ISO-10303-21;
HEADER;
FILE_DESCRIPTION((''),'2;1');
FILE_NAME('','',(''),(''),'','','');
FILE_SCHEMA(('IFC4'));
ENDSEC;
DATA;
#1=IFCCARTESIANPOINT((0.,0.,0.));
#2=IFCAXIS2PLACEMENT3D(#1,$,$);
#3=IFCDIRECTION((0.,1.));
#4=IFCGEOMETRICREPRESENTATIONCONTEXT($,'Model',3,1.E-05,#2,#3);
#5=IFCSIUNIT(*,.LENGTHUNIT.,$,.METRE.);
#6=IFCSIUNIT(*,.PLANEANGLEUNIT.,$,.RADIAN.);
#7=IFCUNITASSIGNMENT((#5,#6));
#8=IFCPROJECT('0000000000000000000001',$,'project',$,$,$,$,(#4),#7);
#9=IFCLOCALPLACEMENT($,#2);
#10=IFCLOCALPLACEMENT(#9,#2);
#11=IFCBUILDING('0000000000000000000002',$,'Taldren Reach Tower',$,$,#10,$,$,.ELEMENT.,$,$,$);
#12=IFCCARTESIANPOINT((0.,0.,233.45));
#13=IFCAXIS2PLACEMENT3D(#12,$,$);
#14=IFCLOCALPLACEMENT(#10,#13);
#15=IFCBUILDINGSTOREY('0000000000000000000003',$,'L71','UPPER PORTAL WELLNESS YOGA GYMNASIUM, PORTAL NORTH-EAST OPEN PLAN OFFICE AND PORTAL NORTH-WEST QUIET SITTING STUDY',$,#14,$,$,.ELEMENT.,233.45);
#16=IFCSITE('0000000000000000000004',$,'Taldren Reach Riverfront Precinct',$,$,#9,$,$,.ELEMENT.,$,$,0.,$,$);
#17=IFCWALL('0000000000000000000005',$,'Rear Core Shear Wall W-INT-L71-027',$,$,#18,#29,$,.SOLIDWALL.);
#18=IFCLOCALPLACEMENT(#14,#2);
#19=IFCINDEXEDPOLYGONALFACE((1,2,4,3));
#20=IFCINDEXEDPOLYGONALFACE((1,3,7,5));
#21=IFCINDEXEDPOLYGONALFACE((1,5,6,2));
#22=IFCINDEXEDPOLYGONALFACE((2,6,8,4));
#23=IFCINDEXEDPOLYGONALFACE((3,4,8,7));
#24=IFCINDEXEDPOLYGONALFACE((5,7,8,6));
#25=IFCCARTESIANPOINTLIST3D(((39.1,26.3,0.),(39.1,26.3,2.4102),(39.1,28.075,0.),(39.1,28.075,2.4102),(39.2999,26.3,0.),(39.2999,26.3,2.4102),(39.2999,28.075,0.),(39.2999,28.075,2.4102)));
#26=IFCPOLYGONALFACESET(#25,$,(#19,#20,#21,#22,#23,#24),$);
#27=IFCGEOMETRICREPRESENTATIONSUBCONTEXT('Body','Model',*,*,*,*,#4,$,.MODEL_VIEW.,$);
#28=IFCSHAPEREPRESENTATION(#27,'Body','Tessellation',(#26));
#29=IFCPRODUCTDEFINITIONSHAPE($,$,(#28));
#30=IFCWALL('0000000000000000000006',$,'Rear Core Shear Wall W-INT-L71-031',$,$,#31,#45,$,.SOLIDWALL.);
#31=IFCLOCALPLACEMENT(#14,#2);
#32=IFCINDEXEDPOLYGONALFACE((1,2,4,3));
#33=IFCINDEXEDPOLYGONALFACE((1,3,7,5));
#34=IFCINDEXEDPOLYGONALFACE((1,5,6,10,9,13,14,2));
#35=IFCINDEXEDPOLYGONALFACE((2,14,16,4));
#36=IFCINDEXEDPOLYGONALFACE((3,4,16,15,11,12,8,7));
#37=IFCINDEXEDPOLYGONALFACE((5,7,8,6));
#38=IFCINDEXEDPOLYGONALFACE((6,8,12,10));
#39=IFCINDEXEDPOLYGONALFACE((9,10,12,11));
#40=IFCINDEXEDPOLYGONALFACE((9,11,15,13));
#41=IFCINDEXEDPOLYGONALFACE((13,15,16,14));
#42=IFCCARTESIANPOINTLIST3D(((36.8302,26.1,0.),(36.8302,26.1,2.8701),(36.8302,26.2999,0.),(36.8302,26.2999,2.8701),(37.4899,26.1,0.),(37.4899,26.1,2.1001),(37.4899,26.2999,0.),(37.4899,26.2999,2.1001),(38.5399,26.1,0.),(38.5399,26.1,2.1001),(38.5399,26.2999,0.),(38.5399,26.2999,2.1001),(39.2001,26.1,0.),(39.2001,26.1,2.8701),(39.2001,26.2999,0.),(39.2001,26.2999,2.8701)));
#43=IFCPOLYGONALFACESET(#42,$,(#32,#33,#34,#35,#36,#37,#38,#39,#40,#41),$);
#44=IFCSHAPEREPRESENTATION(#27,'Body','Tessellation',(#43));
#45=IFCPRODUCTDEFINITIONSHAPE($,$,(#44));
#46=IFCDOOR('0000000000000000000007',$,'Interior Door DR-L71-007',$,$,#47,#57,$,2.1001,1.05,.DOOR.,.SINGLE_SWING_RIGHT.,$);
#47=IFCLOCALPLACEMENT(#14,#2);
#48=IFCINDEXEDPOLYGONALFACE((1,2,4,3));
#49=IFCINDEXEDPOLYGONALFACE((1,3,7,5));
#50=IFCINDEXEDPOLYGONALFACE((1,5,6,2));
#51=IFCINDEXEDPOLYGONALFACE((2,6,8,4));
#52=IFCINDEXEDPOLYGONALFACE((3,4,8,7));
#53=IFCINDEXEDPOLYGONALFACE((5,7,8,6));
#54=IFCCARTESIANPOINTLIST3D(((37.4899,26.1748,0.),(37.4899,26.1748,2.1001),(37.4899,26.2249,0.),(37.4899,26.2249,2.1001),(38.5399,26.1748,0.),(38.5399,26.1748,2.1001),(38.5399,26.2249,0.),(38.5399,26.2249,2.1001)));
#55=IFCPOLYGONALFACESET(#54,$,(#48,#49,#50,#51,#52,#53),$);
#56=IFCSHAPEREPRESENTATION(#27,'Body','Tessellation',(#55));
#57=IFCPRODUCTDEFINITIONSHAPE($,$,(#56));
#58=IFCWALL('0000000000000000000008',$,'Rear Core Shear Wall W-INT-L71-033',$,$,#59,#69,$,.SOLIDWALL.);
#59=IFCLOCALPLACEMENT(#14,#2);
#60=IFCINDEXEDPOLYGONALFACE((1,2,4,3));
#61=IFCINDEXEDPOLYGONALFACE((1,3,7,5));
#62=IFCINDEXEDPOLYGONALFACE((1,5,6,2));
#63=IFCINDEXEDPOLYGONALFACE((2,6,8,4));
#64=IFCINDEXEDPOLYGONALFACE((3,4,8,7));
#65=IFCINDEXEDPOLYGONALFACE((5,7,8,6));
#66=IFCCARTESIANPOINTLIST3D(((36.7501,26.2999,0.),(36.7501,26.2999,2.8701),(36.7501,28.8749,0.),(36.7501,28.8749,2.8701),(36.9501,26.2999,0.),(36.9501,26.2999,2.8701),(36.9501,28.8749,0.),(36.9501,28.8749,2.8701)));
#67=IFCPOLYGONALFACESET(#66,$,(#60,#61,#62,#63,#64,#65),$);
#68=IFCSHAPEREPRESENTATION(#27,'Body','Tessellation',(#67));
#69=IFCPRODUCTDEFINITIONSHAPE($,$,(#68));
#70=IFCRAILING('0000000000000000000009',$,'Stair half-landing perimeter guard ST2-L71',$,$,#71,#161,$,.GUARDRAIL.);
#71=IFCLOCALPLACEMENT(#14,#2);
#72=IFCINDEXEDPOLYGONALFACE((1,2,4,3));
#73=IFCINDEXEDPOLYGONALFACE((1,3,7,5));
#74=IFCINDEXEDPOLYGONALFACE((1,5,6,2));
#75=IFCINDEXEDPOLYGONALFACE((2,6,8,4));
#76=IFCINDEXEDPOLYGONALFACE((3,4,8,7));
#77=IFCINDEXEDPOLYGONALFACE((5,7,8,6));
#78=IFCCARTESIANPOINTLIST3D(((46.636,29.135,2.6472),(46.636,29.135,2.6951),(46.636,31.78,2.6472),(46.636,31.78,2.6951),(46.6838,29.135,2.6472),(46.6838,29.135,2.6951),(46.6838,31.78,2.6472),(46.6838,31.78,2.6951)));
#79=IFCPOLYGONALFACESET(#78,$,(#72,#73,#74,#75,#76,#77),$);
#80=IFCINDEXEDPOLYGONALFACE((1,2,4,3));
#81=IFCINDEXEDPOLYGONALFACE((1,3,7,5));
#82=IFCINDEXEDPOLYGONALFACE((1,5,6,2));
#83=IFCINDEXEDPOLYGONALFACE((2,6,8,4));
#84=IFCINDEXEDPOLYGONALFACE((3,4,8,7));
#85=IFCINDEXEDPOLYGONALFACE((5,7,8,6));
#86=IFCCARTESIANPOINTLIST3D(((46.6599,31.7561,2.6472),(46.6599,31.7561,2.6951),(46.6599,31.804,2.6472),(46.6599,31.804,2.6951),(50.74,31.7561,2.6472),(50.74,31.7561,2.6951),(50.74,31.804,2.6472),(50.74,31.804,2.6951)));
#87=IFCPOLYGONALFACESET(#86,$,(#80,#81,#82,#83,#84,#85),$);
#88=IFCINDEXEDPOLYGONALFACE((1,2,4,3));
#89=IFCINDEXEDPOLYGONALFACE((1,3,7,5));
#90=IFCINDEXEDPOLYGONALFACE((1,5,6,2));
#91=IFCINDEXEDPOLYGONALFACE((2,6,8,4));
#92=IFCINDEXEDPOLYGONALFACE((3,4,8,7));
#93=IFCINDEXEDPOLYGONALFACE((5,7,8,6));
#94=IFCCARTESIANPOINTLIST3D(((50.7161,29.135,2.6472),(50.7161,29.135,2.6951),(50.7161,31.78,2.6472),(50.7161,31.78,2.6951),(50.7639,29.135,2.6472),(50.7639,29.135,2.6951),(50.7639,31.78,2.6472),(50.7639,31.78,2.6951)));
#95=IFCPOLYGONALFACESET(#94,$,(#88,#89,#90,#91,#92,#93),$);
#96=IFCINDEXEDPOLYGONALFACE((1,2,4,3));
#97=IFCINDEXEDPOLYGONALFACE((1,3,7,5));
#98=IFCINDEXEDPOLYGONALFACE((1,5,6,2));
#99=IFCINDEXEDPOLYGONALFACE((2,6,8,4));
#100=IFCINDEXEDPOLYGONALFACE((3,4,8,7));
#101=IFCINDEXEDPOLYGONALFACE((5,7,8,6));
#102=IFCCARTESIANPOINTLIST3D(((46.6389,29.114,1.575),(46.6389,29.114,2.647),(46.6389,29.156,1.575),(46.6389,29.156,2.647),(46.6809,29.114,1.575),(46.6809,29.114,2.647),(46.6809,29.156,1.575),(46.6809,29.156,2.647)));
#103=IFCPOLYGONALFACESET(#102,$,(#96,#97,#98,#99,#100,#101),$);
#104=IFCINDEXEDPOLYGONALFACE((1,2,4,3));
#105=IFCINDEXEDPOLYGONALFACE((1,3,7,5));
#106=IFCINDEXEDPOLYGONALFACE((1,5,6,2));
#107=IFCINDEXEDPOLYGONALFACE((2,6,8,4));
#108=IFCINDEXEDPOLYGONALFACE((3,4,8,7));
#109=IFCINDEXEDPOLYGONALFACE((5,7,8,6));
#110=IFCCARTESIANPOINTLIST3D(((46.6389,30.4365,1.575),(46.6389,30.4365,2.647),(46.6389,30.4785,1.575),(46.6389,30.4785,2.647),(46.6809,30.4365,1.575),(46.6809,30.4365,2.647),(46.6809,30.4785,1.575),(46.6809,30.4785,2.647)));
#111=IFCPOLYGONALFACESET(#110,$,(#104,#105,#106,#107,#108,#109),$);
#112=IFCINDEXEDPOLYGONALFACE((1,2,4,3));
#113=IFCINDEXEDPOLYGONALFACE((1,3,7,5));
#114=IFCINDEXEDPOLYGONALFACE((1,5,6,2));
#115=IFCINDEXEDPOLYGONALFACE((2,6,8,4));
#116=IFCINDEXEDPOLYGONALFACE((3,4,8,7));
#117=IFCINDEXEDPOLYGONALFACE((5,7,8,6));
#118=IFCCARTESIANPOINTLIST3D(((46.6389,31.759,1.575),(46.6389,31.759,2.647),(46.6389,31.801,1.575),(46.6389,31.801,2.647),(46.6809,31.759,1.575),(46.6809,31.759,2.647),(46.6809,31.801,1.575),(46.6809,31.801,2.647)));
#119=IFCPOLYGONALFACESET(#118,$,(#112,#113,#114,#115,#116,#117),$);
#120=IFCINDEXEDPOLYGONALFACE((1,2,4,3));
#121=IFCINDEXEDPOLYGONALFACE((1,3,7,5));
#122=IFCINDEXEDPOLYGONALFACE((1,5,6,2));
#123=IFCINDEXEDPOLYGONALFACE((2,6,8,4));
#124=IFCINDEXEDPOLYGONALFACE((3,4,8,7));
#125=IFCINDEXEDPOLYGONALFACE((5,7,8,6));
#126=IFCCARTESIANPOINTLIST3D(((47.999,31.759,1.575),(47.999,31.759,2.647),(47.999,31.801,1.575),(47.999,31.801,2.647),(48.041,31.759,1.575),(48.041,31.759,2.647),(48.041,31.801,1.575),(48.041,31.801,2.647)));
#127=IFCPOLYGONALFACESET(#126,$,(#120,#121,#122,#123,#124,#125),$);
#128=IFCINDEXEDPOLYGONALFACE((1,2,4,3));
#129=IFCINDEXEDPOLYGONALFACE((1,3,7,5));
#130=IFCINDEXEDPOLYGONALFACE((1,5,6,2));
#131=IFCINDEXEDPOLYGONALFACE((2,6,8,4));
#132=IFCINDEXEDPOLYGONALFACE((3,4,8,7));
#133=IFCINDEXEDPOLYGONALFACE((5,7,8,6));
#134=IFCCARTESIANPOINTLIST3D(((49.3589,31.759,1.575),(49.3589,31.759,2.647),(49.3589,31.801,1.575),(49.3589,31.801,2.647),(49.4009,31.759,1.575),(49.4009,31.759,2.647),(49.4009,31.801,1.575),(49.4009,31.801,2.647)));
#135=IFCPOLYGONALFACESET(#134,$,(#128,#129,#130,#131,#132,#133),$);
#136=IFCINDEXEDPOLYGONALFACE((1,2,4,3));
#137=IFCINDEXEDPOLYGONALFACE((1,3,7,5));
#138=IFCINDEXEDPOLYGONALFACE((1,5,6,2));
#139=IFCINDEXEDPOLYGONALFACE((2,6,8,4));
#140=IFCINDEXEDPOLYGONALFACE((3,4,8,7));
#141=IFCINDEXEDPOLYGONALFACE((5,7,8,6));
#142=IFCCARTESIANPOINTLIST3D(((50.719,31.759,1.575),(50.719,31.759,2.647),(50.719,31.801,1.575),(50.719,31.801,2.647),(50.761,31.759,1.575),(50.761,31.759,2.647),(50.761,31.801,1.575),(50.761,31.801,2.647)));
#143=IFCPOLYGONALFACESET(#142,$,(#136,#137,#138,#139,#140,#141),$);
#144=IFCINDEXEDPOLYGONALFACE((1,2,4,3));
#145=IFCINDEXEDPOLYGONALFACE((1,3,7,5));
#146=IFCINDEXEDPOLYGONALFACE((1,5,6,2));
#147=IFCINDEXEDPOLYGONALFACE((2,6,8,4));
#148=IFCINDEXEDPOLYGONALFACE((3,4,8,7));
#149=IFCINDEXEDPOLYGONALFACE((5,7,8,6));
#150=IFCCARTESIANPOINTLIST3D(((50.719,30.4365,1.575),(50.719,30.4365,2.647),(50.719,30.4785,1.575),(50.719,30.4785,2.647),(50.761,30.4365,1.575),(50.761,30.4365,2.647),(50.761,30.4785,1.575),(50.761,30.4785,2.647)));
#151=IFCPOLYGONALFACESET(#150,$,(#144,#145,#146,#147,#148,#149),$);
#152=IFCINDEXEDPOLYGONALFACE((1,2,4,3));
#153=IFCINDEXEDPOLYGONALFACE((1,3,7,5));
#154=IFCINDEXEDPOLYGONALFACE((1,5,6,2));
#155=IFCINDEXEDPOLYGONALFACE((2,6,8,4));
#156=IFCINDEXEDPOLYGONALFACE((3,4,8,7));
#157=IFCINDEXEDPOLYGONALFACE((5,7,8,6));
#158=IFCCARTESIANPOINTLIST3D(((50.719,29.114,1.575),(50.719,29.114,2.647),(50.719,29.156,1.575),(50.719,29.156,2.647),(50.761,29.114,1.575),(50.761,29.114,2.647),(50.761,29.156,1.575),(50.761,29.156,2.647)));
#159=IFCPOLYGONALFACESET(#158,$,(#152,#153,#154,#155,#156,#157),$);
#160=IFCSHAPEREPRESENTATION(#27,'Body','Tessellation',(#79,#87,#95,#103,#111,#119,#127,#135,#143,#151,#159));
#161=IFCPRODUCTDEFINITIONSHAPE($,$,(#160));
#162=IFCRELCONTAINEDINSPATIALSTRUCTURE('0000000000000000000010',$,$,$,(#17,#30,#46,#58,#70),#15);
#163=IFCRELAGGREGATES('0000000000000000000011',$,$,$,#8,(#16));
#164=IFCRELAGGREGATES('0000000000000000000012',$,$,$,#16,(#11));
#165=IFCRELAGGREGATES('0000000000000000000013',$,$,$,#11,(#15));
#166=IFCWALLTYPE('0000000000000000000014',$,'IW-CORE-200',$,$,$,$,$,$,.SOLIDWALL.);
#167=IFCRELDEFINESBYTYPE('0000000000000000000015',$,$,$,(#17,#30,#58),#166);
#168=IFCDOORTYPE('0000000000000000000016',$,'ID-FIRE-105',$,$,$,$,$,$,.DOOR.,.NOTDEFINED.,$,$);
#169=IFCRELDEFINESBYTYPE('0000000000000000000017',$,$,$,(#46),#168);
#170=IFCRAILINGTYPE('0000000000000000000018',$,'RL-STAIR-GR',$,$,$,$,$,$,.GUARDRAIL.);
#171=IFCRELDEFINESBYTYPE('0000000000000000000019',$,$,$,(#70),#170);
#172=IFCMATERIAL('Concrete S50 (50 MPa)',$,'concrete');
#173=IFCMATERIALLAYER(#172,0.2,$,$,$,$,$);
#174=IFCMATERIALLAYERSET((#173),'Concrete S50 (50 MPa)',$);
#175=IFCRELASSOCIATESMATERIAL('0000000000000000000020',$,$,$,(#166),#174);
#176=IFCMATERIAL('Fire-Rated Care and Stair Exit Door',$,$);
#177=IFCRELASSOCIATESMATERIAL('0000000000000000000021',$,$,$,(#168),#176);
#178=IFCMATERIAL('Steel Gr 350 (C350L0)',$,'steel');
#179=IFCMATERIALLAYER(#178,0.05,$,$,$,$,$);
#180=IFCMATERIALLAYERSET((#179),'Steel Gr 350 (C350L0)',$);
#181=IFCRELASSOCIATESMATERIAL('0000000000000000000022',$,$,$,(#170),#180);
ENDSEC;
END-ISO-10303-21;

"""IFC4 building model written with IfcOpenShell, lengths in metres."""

from ifc_helpers import new_model, si_unit, direction, frame, frame_2d, origin, origin_2d, place, context, subcontext, project, spatial, rectangle, extrude, source, transform, mapped, material, layer, layer_set, type_object, element, fill, save


model = new_model("IFC4")

# Units and contexts
model_context = context("Model", 3, precision=1e-05, world=origin(), true_north=direction((0.0, 1.0)))
body_context = subcontext(model_context, "Body", "Model", "MODEL_VIEW")
ifc_project = project(units=[si_unit("LENGTHUNIT", "METRE"), si_unit("PLANEANGLEUNIT", "RADIAN")], contexts=[model_context])

# Site, building, storey
site_placement = place(None, origin())
site = spatial("IfcSite", under=ifc_project, at=site_placement, Name="Taldren Reach Riverfront Precinct", CompositionType="ELEMENT", RefElevation=0.0)
building_placement = place(site_placement, origin())
building = spatial("IfcBuilding", under=site, at=building_placement, Name="Taldren Reach Tower", CompositionType="ELEMENT")
storey_placement = place(building_placement, frame((0.0, 0.0, 233.45)))
storey = spatial("IfcBuildingStorey", under=building, at=storey_placement, Name="L71", Description="UPPER PORTAL WELLNESS YOGA GYMNASIUM, PORTAL NORTH-EAST OPEN PLAN OFFICE AND PORTAL NORTH-WEST QUIET SITTING STUDY", CompositionType="ELEMENT", Elevation=233.45)

# Shared definitions
ifc_material_1 = material(Name="Steel Gr 350 (C350L0)", Category="steel")

# Shared definitions
ifc_material_2 = material(Name="Concrete S50 (50 MPa)", Category="concrete")
ifc_layer_1 = layer(ifc_material_2, 0.2)
ifc_layer_set_1 = layer_set([ifc_layer_1], Name="Concrete S50 (50 MPa)")
wall_type_1 = type_object("IfcWallType", Name="IW-CORE-200", PredefinedType="SOLIDWALL", material=ifc_layer_set_1)
shared_shape_1 = source(origin(), body_context, "Body", "SweptSolid", [
    extrude(rectangle(XDim=1.05, YDim=2.1001, at=frame_2d((0.5249, 1.05))), frame((0.0, 0.1099, 0.0), z_axis=(0.0, -1.0, 0.0), x_axis=(1.0, 0.0, 0.0)), (0.0, 0.0, 1.0), 0.22),
])
ifc_material_3 = material(Name="Fire-Rated Care and Stair Exit Door")
door_type_1 = type_object("IfcDoorType", Name="ID-FIRE-105", OperationType="NOTDEFINED", PredefinedType="DOOR", material=ifc_material_3)
shared_shape_2 = source(origin(), body_context, "Body", "SweptSolid", [
    extrude(rectangle(XDim=1.05, YDim=2.1001, at=frame_2d((0.5249, 1.05))), frame((0.0, 0.0249, 0.0), z_axis=(0.0, -1.0, 0.0), x_axis=(1.0, 0.0, 0.0)), (0.0, 0.0, 1.0), 0.05),
])

# Wall
shared_shape_3 = source(origin(), body_context, "Body", "SweptSolid", [
    extrude(rectangle(XDim=1.7749, YDim=0.2, at=frame_2d((0.8875, 0.0))), origin(), (0.0, 0.0, 1.0), 2.4102),
])
wall_1_placement = place(storey_placement, frame((39.2, 26.3, 0.0), z_axis=(0.0, 0.0, 1.0), x_axis=(0.0, 1.0, 0.0)))
element("IfcWall", 1, at=wall_1_placement, inside=storey, type_object=wall_type_1, Name="Rear Core Shear Wall W-INT-L71-027", PredefinedType="SOLIDWALL", context=body_context, shape_type="MappedRepresentation", body=[
    mapped(shared_shape_3, transform((0.0, 0.0, 0.0), scale=1.0)),
])

# Wall, opening, door
shared_shape_4 = source(origin(), body_context, "Body", "SweptSolid", [
    extrude(rectangle(XDim=2.3699, YDim=0.2, at=frame_2d((1.1851, 0.0))), origin(), (0.0, 0.0, 1.0), 2.8701),
])
wall_2_placement = place(storey_placement, frame((36.8301, 26.2, 0.0), z_axis=(0.0, 0.0, 1.0), x_axis=(1.0, 0.0, 0.0)))
wall_2 = element("IfcWall", 2, at=wall_2_placement, inside=storey, type_object=wall_type_1, Name="Rear Core Shear Wall W-INT-L71-031", PredefinedType="SOLIDWALL", context=body_context, shape_type="MappedRepresentation", body=[
    mapped(shared_shape_4, transform((0.0, 0.0, 0.0), scale=1.0)),
])
opening_1_placement = place(wall_2_placement, frame((0.6599, 0.0, 0.0)))
opening_1 = element("IfcOpeningElement", 3, at=opening_1_placement, cuts=wall_2, PredefinedType="OPENING", context=body_context, shape_type="MappedRepresentation", body=[
    mapped(shared_shape_1, transform((0.0, 0.0, 0.0), scale=1.0)),
])
door_1_placement = place(opening_1_placement, origin())
door_1 = element("IfcDoor", 4, at=door_1_placement, inside=storey, type_object=door_type_1, Name="Interior Door DR-L71-007", OperationType="SINGLE_SWING_RIGHT", OverallHeight=2.1001, OverallWidth=1.05, PredefinedType="DOOR", context=body_context, shape_type="MappedRepresentation", body=[
    mapped(shared_shape_2, transform((0.0, 0.0, 0.0), scale=1.0)),
])
fill(opening_1, door_1)

# Wall
shared_shape_5 = source(origin(), body_context, "Body", "SweptSolid", [
    extrude(rectangle(XDim=2.575, YDim=0.2, at=frame_2d((1.2876, 0.0))), origin(), (0.0, 0.0, 1.0), 2.8701),
])
wall_3_placement = place(storey_placement, frame((36.8501, 28.875, 0.0), z_axis=(0.0, 0.0, 1.0), x_axis=(0.0, -1.0, 0.0)))
element("IfcWall", 5, at=wall_3_placement, inside=storey, type_object=wall_type_1, Name="Rear Core Shear Wall W-INT-L71-033", PredefinedType="SOLIDWALL", context=body_context, shape_type="MappedRepresentation", body=[
    mapped(shared_shape_5, transform((0.0, 0.0, 0.0), scale=1.0)),
])

# Railing
ifc_layer_2 = layer(ifc_material_1, 0.05)
ifc_layer_set_2 = layer_set([ifc_layer_2], Name="Steel Gr 350 (C350L0)")
railing_type_1 = type_object("IfcRailingType", Name="RL-STAIR-GR", PredefinedType="GUARDRAIL", material=ifc_layer_set_2)
railing_1_placement = place(storey_placement, frame((46.6599, 29.135, 1.575)))
element("IfcRailing", 6, at=railing_1_placement, inside=storey, type_object=railing_type_1, Name="Stair half-landing perimeter guard ST2-L71", PredefinedType="GUARDRAIL", context=body_context, shape_type="SweptSolid", body=[
    extrude(rectangle(XDim=0.0479, YDim=0.0479, at=origin_2d()), frame((0.0, 0.0, 1.0962), z_axis=(0.0, 1.0, 0.0), x_axis=(-1.0, 0.0, 0.0)), (0.0, 0.0, 1.0), 2.645),
    extrude(rectangle(XDim=0.0479, YDim=0.0479, at=origin_2d()), frame((0.0, 2.645, 1.0962), z_axis=(1.0, 0.0, 0.0), x_axis=(0.0, 1.0, 0.0)), (0.0, 0.0, 1.0), 4.0801),
    extrude(rectangle(XDim=0.0479, YDim=0.0479, at=origin_2d()), frame((4.0801, 2.645, 1.0962), z_axis=(0.0, -1.0, 0.0), x_axis=(1.0, 0.0, 0.0)), (0.0, 0.0, 1.0), 2.645),
    extrude(rectangle(XDim=0.042, YDim=0.042, at=origin_2d()), origin(), (0.0, 0.0, 1.0), 1.072),
    extrude(rectangle(XDim=0.042, YDim=0.042, at=origin_2d()), frame((0.0, 1.3225, 0.0)), (0.0, 0.0, 1.0), 1.072),
    extrude(rectangle(XDim=0.042, YDim=0.042, at=origin_2d()), frame((0.0, 2.645, 0.0)), (0.0, 0.0, 1.0), 1.072),
    extrude(rectangle(XDim=0.042, YDim=0.042, at=origin_2d()), frame((1.3601, 2.645, 0.0)), (0.0, 0.0, 1.0), 1.072),
    extrude(rectangle(XDim=0.042, YDim=0.042, at=origin_2d()), frame((2.72, 2.645, 0.0)), (0.0, 0.0, 1.0), 1.072),
    extrude(rectangle(XDim=0.042, YDim=0.042, at=origin_2d()), frame((4.0801, 2.645, 0.0)), (0.0, 0.0, 1.0), 1.072),
    extrude(rectangle(XDim=0.042, YDim=0.042, at=origin_2d()), frame((4.0801, 1.3225, 0.0)), (0.0, 0.0, 1.0), 1.072),
    extrude(rectangle(XDim=0.042, YDim=0.042, at=origin_2d()), frame((4.0801, 0.0, 0.0)), (0.0, 0.0, 1.0), 1.072),
])

save(model, "model.ifc")
